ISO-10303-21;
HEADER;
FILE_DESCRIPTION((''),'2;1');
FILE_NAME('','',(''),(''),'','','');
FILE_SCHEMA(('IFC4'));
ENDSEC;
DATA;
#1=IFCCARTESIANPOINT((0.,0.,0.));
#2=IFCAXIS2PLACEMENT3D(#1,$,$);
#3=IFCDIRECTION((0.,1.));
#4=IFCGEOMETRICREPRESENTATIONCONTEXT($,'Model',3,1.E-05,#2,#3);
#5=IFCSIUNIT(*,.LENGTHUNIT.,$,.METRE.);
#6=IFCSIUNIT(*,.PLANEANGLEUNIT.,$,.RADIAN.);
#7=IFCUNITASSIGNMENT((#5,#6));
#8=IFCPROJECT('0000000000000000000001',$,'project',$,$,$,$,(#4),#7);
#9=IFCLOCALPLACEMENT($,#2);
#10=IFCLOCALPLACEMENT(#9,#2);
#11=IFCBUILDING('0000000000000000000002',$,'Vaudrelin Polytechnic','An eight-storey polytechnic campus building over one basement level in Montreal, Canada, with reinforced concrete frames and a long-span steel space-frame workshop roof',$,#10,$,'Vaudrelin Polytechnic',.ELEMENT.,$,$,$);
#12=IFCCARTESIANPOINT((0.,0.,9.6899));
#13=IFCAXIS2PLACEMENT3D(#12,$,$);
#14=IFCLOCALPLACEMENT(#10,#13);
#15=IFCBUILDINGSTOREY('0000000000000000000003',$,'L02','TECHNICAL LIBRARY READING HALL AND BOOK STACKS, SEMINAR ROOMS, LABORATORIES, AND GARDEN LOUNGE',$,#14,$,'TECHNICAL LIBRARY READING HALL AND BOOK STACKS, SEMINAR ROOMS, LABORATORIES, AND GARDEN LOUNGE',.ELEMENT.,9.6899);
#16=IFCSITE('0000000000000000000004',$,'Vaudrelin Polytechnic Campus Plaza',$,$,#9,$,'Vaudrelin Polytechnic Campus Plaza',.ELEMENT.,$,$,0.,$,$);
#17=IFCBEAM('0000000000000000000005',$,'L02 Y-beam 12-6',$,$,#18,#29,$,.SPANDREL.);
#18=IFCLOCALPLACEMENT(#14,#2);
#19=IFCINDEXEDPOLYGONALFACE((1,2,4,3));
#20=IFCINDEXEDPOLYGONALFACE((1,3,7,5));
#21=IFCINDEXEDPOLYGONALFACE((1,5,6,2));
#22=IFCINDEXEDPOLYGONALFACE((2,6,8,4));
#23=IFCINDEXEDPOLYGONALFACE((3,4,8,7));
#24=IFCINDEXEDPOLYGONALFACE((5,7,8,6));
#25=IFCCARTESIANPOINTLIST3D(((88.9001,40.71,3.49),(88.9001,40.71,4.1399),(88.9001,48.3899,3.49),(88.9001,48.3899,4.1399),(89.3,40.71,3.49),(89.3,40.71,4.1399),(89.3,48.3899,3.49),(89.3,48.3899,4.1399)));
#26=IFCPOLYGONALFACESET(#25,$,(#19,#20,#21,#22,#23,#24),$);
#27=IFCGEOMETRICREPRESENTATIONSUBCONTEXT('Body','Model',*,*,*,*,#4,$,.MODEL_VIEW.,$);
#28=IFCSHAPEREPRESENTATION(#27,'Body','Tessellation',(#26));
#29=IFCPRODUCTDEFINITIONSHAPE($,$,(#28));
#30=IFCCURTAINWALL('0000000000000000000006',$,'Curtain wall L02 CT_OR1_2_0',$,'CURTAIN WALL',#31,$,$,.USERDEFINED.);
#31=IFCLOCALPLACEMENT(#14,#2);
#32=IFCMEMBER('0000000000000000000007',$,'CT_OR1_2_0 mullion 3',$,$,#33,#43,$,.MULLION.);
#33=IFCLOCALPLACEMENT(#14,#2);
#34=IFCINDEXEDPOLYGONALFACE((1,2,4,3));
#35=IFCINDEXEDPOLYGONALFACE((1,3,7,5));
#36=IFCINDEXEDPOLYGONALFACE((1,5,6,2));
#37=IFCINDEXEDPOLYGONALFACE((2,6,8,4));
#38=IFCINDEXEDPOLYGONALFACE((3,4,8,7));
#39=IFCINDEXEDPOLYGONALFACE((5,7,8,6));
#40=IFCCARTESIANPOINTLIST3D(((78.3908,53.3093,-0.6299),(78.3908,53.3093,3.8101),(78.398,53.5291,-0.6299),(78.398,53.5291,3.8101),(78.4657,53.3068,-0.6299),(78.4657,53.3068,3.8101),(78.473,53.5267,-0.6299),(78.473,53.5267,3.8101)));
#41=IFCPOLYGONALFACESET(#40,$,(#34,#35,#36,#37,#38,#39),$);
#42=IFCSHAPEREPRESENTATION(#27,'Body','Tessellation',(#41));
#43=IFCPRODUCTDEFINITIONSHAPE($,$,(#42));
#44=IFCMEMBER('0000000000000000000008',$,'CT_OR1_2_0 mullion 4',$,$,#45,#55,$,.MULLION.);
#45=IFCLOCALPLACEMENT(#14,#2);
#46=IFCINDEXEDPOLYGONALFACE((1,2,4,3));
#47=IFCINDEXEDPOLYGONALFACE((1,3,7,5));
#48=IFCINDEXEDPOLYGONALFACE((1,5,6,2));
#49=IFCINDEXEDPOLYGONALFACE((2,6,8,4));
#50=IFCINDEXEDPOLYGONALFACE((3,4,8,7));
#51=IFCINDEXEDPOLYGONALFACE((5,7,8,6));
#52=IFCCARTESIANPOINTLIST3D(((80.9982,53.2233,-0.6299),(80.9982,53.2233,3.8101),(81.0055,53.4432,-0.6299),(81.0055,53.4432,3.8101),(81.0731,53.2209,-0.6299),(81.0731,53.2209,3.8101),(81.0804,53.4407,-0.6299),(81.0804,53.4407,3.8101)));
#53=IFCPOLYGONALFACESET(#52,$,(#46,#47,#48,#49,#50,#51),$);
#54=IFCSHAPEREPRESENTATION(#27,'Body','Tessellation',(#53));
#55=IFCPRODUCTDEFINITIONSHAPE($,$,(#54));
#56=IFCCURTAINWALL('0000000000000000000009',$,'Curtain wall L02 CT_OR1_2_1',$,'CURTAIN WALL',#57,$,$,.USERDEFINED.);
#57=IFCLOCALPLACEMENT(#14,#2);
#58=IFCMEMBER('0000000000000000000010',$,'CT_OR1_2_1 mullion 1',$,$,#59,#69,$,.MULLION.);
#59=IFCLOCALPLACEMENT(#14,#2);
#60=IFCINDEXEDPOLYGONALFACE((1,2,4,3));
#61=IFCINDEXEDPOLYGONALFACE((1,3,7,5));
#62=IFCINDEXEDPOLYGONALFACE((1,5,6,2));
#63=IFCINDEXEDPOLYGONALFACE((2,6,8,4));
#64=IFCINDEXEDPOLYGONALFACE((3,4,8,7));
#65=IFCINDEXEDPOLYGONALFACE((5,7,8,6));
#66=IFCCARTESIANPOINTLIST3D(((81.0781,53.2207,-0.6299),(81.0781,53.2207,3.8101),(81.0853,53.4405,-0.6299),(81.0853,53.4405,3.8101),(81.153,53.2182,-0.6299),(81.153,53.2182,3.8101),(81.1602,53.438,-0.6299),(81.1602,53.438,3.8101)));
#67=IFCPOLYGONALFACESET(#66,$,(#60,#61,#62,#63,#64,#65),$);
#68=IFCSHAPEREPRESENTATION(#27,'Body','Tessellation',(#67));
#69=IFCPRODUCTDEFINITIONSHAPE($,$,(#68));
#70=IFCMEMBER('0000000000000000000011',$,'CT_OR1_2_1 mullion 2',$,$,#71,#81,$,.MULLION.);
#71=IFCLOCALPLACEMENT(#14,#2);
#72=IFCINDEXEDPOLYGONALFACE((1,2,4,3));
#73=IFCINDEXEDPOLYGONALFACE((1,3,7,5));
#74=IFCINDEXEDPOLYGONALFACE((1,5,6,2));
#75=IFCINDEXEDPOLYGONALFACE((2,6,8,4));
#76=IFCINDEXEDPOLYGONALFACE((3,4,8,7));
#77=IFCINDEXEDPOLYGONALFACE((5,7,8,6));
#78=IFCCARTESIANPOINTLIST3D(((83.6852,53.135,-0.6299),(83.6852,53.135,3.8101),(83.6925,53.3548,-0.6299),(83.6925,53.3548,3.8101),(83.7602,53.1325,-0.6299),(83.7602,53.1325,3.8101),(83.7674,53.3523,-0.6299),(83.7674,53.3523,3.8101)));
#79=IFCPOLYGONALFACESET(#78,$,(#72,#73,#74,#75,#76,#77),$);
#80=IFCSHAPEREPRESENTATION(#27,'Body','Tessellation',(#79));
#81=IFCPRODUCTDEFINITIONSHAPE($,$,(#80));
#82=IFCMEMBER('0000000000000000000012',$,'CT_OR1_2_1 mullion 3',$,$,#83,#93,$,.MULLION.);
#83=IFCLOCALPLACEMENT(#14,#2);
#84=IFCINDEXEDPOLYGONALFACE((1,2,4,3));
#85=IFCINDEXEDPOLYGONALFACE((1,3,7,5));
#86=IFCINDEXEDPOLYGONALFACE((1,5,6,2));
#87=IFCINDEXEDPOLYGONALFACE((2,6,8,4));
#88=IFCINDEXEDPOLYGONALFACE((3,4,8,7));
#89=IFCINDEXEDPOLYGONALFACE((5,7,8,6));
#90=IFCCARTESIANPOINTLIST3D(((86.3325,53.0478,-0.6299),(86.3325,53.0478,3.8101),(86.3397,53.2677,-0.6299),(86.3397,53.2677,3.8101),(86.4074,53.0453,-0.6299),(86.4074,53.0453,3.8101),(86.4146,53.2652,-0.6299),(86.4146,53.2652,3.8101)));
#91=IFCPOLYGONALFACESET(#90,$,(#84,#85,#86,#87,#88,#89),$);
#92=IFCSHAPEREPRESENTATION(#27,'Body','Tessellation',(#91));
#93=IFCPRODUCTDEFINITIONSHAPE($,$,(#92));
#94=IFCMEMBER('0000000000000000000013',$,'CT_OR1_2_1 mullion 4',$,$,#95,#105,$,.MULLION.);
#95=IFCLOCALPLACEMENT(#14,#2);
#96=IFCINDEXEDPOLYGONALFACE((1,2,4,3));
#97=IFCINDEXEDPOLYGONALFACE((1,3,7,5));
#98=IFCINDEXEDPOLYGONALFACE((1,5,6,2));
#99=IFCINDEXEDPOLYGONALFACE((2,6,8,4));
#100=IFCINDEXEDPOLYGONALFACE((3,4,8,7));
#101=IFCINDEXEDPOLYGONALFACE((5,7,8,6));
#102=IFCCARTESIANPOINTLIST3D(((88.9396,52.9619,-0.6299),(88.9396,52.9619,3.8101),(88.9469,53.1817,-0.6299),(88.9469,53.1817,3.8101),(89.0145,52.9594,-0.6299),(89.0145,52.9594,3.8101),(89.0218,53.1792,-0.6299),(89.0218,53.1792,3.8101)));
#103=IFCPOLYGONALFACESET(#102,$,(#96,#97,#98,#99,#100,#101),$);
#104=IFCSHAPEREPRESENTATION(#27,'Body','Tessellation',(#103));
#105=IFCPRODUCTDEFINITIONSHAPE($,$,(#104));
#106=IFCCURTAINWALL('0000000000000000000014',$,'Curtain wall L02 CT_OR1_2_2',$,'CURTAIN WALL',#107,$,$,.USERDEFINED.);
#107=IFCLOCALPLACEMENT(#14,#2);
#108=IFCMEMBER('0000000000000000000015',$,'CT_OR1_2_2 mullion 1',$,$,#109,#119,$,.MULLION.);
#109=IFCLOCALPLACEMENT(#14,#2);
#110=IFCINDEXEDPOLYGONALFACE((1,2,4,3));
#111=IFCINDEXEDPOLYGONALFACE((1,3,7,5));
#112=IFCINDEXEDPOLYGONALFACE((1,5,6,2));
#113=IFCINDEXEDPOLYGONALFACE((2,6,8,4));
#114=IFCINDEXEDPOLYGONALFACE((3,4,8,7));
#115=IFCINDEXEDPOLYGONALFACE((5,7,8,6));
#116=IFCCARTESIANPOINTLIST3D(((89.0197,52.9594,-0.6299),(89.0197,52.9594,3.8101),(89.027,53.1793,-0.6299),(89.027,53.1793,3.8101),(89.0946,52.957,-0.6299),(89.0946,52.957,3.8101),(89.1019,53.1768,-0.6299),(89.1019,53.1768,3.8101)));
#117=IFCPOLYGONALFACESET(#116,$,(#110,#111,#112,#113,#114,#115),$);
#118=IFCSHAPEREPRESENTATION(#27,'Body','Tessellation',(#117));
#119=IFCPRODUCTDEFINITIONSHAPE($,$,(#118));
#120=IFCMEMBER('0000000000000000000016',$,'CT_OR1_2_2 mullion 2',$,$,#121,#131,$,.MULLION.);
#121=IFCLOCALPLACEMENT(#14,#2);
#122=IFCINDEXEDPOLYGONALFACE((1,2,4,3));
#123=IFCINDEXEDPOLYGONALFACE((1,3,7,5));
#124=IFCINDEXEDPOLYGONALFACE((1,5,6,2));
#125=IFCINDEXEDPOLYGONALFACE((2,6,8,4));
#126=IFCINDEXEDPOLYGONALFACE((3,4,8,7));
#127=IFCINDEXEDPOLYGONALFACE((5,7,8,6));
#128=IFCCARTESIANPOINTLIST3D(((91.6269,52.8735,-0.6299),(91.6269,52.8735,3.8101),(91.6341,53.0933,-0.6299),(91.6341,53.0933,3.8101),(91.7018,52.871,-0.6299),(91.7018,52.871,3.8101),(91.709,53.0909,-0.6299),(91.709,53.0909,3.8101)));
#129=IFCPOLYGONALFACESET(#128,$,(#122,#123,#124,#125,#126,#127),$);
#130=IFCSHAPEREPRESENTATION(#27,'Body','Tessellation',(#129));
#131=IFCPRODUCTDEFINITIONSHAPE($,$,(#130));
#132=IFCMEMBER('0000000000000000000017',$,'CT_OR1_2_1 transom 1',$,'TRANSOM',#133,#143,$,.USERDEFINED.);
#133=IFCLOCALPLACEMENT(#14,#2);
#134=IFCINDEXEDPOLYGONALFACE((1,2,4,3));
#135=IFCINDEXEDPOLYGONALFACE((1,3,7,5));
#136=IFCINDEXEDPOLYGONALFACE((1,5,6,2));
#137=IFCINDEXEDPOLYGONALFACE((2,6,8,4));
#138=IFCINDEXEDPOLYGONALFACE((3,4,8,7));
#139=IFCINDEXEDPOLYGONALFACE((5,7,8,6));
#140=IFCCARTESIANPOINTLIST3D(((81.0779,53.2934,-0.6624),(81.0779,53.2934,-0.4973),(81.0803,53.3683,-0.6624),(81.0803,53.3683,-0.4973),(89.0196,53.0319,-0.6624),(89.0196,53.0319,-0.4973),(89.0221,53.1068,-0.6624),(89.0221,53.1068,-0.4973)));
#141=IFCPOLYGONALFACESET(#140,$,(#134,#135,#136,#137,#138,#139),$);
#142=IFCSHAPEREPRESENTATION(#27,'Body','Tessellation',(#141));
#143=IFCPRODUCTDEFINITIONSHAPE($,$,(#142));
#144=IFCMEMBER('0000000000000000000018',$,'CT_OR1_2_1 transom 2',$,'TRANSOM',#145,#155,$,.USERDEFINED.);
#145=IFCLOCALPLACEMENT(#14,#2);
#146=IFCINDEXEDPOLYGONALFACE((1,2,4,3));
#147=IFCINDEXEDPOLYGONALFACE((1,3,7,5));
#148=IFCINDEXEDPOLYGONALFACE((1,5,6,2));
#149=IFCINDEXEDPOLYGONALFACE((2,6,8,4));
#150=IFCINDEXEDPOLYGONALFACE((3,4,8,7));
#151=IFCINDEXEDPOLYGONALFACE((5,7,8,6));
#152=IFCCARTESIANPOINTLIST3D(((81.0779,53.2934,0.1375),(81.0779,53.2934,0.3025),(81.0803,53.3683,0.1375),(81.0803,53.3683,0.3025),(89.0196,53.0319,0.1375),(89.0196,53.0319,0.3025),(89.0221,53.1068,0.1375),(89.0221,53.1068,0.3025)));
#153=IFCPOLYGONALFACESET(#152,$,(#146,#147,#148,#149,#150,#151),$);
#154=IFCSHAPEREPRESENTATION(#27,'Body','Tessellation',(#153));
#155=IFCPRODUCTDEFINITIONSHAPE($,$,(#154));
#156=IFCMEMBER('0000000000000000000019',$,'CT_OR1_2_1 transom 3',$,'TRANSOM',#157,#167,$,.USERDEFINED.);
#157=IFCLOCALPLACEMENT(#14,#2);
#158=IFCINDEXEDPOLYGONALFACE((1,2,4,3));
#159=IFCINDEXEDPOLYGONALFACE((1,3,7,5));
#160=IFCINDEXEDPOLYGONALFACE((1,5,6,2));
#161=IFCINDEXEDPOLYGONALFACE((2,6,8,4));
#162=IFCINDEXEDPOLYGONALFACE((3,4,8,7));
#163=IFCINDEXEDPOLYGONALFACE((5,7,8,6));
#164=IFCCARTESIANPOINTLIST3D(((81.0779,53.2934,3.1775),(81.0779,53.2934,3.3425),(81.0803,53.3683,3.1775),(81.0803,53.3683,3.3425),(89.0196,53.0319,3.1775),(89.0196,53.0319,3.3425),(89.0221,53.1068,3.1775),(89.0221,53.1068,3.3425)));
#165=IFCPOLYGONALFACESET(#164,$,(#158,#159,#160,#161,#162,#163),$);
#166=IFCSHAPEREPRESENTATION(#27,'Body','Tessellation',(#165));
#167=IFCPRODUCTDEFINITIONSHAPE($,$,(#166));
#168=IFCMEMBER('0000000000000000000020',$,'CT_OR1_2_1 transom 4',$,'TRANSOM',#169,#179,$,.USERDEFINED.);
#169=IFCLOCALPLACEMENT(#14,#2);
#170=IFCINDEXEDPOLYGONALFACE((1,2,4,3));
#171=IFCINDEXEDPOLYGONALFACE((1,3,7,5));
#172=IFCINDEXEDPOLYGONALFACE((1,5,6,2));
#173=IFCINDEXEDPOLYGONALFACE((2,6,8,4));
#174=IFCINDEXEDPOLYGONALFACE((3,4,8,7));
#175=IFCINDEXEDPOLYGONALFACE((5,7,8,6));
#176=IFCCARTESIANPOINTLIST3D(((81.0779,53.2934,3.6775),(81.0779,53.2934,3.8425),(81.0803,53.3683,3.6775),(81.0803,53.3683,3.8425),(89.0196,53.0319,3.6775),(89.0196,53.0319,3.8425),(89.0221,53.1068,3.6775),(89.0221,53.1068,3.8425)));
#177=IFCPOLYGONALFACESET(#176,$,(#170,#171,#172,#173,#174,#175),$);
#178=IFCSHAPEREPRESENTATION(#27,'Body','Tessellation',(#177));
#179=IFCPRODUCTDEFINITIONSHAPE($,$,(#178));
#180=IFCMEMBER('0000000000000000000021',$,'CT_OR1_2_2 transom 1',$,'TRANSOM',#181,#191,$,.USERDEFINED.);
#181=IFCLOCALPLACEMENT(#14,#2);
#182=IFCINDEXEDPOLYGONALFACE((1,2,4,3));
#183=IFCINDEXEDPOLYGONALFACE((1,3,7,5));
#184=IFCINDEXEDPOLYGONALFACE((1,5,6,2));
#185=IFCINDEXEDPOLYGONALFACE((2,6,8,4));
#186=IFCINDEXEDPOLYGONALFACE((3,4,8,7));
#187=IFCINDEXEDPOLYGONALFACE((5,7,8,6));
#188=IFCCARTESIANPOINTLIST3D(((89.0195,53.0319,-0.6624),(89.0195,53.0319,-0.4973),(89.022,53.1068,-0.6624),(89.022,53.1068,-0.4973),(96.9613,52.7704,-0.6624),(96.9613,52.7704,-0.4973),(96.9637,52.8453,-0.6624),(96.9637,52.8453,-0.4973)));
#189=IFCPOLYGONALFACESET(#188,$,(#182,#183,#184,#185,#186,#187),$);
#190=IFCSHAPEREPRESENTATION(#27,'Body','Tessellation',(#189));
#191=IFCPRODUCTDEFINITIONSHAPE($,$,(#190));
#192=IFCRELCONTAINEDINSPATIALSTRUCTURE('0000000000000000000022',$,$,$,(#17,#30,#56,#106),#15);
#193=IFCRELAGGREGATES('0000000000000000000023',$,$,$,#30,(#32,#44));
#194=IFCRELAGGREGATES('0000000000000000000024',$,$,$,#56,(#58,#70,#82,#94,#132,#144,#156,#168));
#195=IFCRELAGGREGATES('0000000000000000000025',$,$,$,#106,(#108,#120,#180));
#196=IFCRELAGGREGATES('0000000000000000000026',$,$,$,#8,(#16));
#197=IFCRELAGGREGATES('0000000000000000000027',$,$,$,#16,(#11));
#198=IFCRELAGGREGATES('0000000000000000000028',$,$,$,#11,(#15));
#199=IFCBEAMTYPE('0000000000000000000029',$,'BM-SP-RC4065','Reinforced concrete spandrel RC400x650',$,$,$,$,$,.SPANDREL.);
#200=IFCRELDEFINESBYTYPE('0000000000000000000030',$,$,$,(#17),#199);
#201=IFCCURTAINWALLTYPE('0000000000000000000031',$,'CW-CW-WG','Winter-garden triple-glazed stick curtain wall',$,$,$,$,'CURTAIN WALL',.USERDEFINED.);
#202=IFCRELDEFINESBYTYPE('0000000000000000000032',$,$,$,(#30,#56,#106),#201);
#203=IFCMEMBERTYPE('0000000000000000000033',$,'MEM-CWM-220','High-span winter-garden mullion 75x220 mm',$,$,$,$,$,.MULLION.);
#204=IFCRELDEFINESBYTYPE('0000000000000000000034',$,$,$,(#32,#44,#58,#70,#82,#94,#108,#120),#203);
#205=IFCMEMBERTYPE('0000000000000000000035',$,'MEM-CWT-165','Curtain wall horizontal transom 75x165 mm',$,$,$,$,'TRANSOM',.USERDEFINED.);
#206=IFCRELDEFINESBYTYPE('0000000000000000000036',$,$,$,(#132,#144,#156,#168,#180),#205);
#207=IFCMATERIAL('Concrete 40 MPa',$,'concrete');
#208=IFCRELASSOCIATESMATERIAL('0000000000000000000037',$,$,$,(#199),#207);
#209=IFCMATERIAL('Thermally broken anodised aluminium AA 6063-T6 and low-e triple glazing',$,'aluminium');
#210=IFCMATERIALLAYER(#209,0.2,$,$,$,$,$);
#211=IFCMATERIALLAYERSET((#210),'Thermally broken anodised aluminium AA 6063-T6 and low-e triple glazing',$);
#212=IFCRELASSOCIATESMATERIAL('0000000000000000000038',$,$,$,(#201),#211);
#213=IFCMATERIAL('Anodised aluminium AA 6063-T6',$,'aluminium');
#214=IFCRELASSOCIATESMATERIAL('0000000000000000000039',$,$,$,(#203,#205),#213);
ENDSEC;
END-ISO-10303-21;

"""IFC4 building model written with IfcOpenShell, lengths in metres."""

from ifc_helpers import new_model, si_unit, direction, frame, origin, origin_2d, place, context, subcontext, project, spatial, rectangle, extrude, material, layer, layer_set, material_profile, profile_set, type_object, element, aggregate, save


model = new_model("IFC4")

# Units and contexts
model_context = context("Model", 3, precision=1e-05, world=origin(), true_north=direction((0.0, 1.0)))
body_context = subcontext(model_context, "Body", "Model", "MODEL_VIEW")
ifc_project = project(units=[si_unit("LENGTHUNIT", "METRE"), si_unit("PLANEANGLEUNIT", "RADIAN")], contexts=[model_context])

# Site, building, storey
site_placement = place(None, origin())
site = spatial("IfcSite", under=ifc_project, at=site_placement, Name="Vaudrelin Polytechnic Campus Plaza", LongName="Vaudrelin Polytechnic Campus Plaza", CompositionType="ELEMENT", RefElevation=0.0)
building_placement = place(site_placement, origin())
building = spatial("IfcBuilding", under=site, at=building_placement, Name="Vaudrelin Polytechnic", Description="An eight-storey polytechnic campus building over one basement level in Montreal, Canada, with reinforced concrete frames and a long-span steel space-frame workshop roof", LongName="Vaudrelin Polytechnic", CompositionType="ELEMENT")
storey_placement = place(building_placement, frame((0.0, 0.0, 9.6899)))
storey = spatial("IfcBuildingStorey", under=building, at=storey_placement, Name="L02", Description="TECHNICAL LIBRARY READING HALL AND BOOK STACKS, SEMINAR ROOMS, LABORATORIES, AND GARDEN LOUNGE", LongName="TECHNICAL LIBRARY READING HALL AND BOOK STACKS, SEMINAR ROOMS, LABORATORIES, AND GARDEN LOUNGE", CompositionType="ELEMENT", Elevation=9.6899)

# Shared definitions
ifc_material_1 = material(Name="Concrete 40 MPa", Category="concrete")

# Beam
ifc_material_profile_1 = material_profile(ifc_material_1, rectangle(XDim=0.3999, YDim=0.6499, at=origin_2d()), Name="RC400x650")
ifc_profile_set_1 = profile_set([ifc_material_profile_1], Name="Concrete 40 MPa")
beam_type_1 = type_object("IfcBeamType", Name="BM-SP-RC4065", Description="Reinforced concrete spandrel RC400x650", PredefinedType="SPANDREL", material=ifc_profile_set_1)
beam_1_placement = place(storey_placement, frame((89.1001, 40.71, 3.8149), z_axis=(0.0, 1.0, 0.0), x_axis=(-1.0, 0.0, 0.0)))
element("IfcBeam", 1, at=beam_1_placement, inside=storey, type_object=beam_type_1, Name="L02 Y-beam 12-6", PredefinedType="SPANDREL", context=body_context, shape_type="SweptSolid", body=[
    extrude(rectangle(XDim=0.3999, YDim=0.6499, at=origin_2d()), origin(), (0.0, 0.0, 1.0), 7.6799),
])

# Curtain walls, members
ifc_material_2 = material(Name="Thermally broken anodised aluminium AA 6063-T6 and low-e triple glazing", Category="aluminium")
ifc_layer_1 = layer(ifc_material_2, 0.2)
ifc_layer_set_1 = layer_set([ifc_layer_1], Name="Thermally broken anodised aluminium AA 6063-T6 and low-e triple glazing")
curtain_wall_type = type_object("IfcCurtainWallType", Name="CW-CW-WG", Description="Winter-garden triple-glazed stick curtain wall", ElementType="CURTAIN WALL", PredefinedType="USERDEFINED", material=ifc_layer_set_1)
curtain_wall_1_placement = place(storey_placement, origin())
curtain_wall_1 = element("IfcCurtainWall", 2, at=curtain_wall_1_placement, inside=storey, type_object=curtain_wall_type, Name="Curtain wall L02 CT_OR1_2_0", ObjectType="CURTAIN WALL", PredefinedType="USERDEFINED")
ifc_material_3 = material(Name="Anodised aluminium AA 6063-T6", Category="aluminium")
ifc_material_profile_2 = material_profile(ifc_material_3, rectangle(XDim=0.075, YDim=0.22, at=origin_2d()), Name="CWM-75x220")
ifc_profile_set_2 = profile_set([ifc_material_profile_2], Name="Anodised aluminium AA 6063-T6")
member_type_1 = type_object("IfcMemberType", Name="MEM-CWM-220", Description="High-span winter-garden mullion 75x220 mm", PredefinedType="MULLION", material=ifc_profile_set_2)
member_1_placement = place(storey_placement, frame((78.4319, 53.418, -0.6299), z_axis=(0.0, 0.0, 1.0), x_axis=(0.999458, -0.03291, 0.0)))
member_1 = element("IfcMember", 3, at=member_1_placement, type_object=member_type_1, Name="CT_OR1_2_0 mullion 3", PredefinedType="MULLION", context=body_context, shape_type="SweptSolid", body=[
    extrude(rectangle(XDim=0.075, YDim=0.22, at=origin_2d()), origin(), (0.0, 0.0, 1.0), 4.4399),
])
member_2_placement = place(storey_placement, frame((81.0393, 53.332, -0.6299), z_axis=(0.0, 0.0, 1.0), x_axis=(0.999458, -0.03291, 0.0)))
member_2 = element("IfcMember", 4, at=member_2_placement, type_object=member_type_1, Name="CT_OR1_2_0 mullion 4", PredefinedType="MULLION", context=body_context, shape_type="SweptSolid", body=[
    extrude(rectangle(XDim=0.075, YDim=0.22, at=origin_2d()), origin(), (0.0, 0.0, 1.0), 4.4399),
])
curtain_wall_2_placement = place(storey_placement, origin())
curtain_wall_2 = element("IfcCurtainWall", 5, at=curtain_wall_2_placement, inside=storey, type_object=curtain_wall_type, Name="Curtain wall L02 CT_OR1_2_1", ObjectType="CURTAIN WALL", PredefinedType="USERDEFINED")
member_3_placement = place(storey_placement, frame((81.1191, 53.3293, -0.6299), z_axis=(0.0, 0.0, 1.0), x_axis=(0.999459, -0.032897, 0.0)))
member_3 = element("IfcMember", 6, at=member_3_placement, type_object=member_type_1, Name="CT_OR1_2_1 mullion 1", PredefinedType="MULLION", context=body_context, shape_type="SweptSolid", body=[
    extrude(rectangle(XDim=0.075, YDim=0.22, at=origin_2d()), origin(), (0.0, 0.0, 1.0), 4.4399),
])
member_4_placement = place(storey_placement, frame((83.7263, 53.2437, -0.6299), z_axis=(0.0, 0.0, 1.0), x_axis=(0.999459, -0.032897, 0.0)))
member_4 = element("IfcMember", 7, at=member_4_placement, type_object=member_type_1, Name="CT_OR1_2_1 mullion 2", PredefinedType="MULLION", context=body_context, shape_type="SweptSolid", body=[
    extrude(rectangle(XDim=0.075, YDim=0.22, at=origin_2d()), origin(), (0.0, 0.0, 1.0), 4.4399),
])
member_5_placement = place(storey_placement, frame((86.3735, 53.1565, -0.6299), z_axis=(0.0, 0.0, 1.0), x_axis=(0.999459, -0.032897, 0.0)))
member_5 = element("IfcMember", 8, at=member_5_placement, type_object=member_type_1, Name="CT_OR1_2_1 mullion 3", PredefinedType="MULLION", context=body_context, shape_type="SweptSolid", body=[
    extrude(rectangle(XDim=0.075, YDim=0.22, at=origin_2d()), origin(), (0.0, 0.0, 1.0), 4.4399),
])
member_6_placement = place(storey_placement, frame((88.9807, 53.0706, -0.6299), z_axis=(0.0, 0.0, 1.0), x_axis=(0.999459, -0.032897, 0.0)))
member_6 = element("IfcMember", 9, at=member_6_placement, type_object=member_type_1, Name="CT_OR1_2_1 mullion 4", PredefinedType="MULLION", context=body_context, shape_type="SweptSolid", body=[
    extrude(rectangle(XDim=0.075, YDim=0.22, at=origin_2d()), origin(), (0.0, 0.0, 1.0), 4.4399),
])
curtain_wall_3_placement = place(storey_placement, origin())
curtain_wall_3 = element("IfcCurtainWall", 10, at=curtain_wall_3_placement, inside=storey, type_object=curtain_wall_type, Name="Curtain wall L02 CT_OR1_2_2", ObjectType="CURTAIN WALL", PredefinedType="USERDEFINED")
member_7_placement = place(storey_placement, frame((89.0608, 53.0681, -0.6299), z_axis=(0.0, 0.0, 1.0), x_axis=(0.999458, -0.03291, 0.0)))
member_7 = element("IfcMember", 11, at=member_7_placement, type_object=member_type_1, Name="CT_OR1_2_2 mullion 1", PredefinedType="MULLION", context=body_context, shape_type="SweptSolid", body=[
    extrude(rectangle(XDim=0.075, YDim=0.22, at=origin_2d()), origin(), (0.0, 0.0, 1.0), 4.4399),
])
member_8_placement = place(storey_placement, frame((91.668, 52.9822, -0.6299), z_axis=(0.0, 0.0, 1.0), x_axis=(0.999458, -0.03291, 0.0)))
member_8 = element("IfcMember", 12, at=member_8_placement, type_object=member_type_1, Name="CT_OR1_2_2 mullion 2", PredefinedType="MULLION", context=body_context, shape_type="SweptSolid", body=[
    extrude(rectangle(XDim=0.075, YDim=0.22, at=origin_2d()), origin(), (0.0, 0.0, 1.0), 4.4399),
])

# Members
ifc_material_profile_3 = material_profile(ifc_material_3, rectangle(XDim=0.075, YDim=0.165, at=origin_2d()), Name="CWT-75x165")
ifc_profile_set_3 = profile_set([ifc_material_profile_3], Name="Anodised aluminium AA 6063-T6")
member_type_2 = type_object("IfcMemberType", Name="MEM-CWT-165", Description="Curtain wall horizontal transom 75x165 mm", ElementType="TRANSOM", PredefinedType="USERDEFINED", material=ifc_profile_set_3)
member_9_placement = place(storey_placement, frame((81.0791, 53.3308, -0.5798), z_axis=(0.999458, -0.032907, 0.0), x_axis=(0.032907, 0.999458, 0.0)))
member_9 = element("IfcMember", 13, at=member_9_placement, type_object=member_type_2, Name="CT_OR1_2_1 transom 1", ObjectType="TRANSOM", PredefinedType="USERDEFINED", context=body_context, shape_type="SweptSolid", body=[
    extrude(rectangle(XDim=0.075, YDim=0.165, at=origin_2d()), origin(), (0.0, 0.0, 1.0), 7.946),
])
member_10_placement = place(storey_placement, frame((81.0791, 53.3308, 0.22), z_axis=(0.999458, -0.032907, 0.0), x_axis=(0.032907, 0.999458, 0.0)))
member_10 = element("IfcMember", 14, at=member_10_placement, type_object=member_type_2, Name="CT_OR1_2_1 transom 2", ObjectType="TRANSOM", PredefinedType="USERDEFINED", context=body_context, shape_type="SweptSolid", body=[
    extrude(rectangle(XDim=0.075, YDim=0.165, at=origin_2d()), origin(), (0.0, 0.0, 1.0), 7.946),
])
member_11_placement = place(storey_placement, frame((81.0791, 53.3308, 3.26), z_axis=(0.999458, -0.032907, 0.0), x_axis=(0.032907, 0.999458, 0.0)))
member_11 = element("IfcMember", 15, at=member_11_placement, type_object=member_type_2, Name="CT_OR1_2_1 transom 3", ObjectType="TRANSOM", PredefinedType="USERDEFINED", context=body_context, shape_type="SweptSolid", body=[
    extrude(rectangle(XDim=0.075, YDim=0.165, at=origin_2d()), origin(), (0.0, 0.0, 1.0), 7.946),
])
member_12_placement = place(storey_placement, frame((81.0791, 53.3308, 3.76), z_axis=(0.999458, -0.032907, 0.0), x_axis=(0.032907, 0.999458, 0.0)))
member_12 = element("IfcMember", 16, at=member_12_placement, type_object=member_type_2, Name="CT_OR1_2_1 transom 4", ObjectType="TRANSOM", PredefinedType="USERDEFINED", context=body_context, shape_type="SweptSolid", body=[
    extrude(rectangle(XDim=0.075, YDim=0.165, at=origin_2d()), origin(), (0.0, 0.0, 1.0), 7.946),
])
member_13_placement = place(storey_placement, frame((89.0208, 53.0693, -0.5798), z_axis=(0.999458, -0.032907, 0.0), x_axis=(0.032907, 0.999458, 0.0)))
member_13 = element("IfcMember", 17, at=member_13_placement, type_object=member_type_2, Name="CT_OR1_2_2 transom 1", ObjectType="TRANSOM", PredefinedType="USERDEFINED", context=body_context, shape_type="SweptSolid", body=[
    extrude(rectangle(XDim=0.075, YDim=0.165, at=origin_2d()), origin(), (0.0, 0.0, 1.0), 7.946),
])

aggregate(curtain_wall_1, [member_1, member_2])
aggregate(curtain_wall_2, [member_3, member_4, member_5, member_6, member_9, member_10, member_11, member_12])
aggregate(curtain_wall_3, [member_7, member_8, member_13])

save(model, "model.ifc")
